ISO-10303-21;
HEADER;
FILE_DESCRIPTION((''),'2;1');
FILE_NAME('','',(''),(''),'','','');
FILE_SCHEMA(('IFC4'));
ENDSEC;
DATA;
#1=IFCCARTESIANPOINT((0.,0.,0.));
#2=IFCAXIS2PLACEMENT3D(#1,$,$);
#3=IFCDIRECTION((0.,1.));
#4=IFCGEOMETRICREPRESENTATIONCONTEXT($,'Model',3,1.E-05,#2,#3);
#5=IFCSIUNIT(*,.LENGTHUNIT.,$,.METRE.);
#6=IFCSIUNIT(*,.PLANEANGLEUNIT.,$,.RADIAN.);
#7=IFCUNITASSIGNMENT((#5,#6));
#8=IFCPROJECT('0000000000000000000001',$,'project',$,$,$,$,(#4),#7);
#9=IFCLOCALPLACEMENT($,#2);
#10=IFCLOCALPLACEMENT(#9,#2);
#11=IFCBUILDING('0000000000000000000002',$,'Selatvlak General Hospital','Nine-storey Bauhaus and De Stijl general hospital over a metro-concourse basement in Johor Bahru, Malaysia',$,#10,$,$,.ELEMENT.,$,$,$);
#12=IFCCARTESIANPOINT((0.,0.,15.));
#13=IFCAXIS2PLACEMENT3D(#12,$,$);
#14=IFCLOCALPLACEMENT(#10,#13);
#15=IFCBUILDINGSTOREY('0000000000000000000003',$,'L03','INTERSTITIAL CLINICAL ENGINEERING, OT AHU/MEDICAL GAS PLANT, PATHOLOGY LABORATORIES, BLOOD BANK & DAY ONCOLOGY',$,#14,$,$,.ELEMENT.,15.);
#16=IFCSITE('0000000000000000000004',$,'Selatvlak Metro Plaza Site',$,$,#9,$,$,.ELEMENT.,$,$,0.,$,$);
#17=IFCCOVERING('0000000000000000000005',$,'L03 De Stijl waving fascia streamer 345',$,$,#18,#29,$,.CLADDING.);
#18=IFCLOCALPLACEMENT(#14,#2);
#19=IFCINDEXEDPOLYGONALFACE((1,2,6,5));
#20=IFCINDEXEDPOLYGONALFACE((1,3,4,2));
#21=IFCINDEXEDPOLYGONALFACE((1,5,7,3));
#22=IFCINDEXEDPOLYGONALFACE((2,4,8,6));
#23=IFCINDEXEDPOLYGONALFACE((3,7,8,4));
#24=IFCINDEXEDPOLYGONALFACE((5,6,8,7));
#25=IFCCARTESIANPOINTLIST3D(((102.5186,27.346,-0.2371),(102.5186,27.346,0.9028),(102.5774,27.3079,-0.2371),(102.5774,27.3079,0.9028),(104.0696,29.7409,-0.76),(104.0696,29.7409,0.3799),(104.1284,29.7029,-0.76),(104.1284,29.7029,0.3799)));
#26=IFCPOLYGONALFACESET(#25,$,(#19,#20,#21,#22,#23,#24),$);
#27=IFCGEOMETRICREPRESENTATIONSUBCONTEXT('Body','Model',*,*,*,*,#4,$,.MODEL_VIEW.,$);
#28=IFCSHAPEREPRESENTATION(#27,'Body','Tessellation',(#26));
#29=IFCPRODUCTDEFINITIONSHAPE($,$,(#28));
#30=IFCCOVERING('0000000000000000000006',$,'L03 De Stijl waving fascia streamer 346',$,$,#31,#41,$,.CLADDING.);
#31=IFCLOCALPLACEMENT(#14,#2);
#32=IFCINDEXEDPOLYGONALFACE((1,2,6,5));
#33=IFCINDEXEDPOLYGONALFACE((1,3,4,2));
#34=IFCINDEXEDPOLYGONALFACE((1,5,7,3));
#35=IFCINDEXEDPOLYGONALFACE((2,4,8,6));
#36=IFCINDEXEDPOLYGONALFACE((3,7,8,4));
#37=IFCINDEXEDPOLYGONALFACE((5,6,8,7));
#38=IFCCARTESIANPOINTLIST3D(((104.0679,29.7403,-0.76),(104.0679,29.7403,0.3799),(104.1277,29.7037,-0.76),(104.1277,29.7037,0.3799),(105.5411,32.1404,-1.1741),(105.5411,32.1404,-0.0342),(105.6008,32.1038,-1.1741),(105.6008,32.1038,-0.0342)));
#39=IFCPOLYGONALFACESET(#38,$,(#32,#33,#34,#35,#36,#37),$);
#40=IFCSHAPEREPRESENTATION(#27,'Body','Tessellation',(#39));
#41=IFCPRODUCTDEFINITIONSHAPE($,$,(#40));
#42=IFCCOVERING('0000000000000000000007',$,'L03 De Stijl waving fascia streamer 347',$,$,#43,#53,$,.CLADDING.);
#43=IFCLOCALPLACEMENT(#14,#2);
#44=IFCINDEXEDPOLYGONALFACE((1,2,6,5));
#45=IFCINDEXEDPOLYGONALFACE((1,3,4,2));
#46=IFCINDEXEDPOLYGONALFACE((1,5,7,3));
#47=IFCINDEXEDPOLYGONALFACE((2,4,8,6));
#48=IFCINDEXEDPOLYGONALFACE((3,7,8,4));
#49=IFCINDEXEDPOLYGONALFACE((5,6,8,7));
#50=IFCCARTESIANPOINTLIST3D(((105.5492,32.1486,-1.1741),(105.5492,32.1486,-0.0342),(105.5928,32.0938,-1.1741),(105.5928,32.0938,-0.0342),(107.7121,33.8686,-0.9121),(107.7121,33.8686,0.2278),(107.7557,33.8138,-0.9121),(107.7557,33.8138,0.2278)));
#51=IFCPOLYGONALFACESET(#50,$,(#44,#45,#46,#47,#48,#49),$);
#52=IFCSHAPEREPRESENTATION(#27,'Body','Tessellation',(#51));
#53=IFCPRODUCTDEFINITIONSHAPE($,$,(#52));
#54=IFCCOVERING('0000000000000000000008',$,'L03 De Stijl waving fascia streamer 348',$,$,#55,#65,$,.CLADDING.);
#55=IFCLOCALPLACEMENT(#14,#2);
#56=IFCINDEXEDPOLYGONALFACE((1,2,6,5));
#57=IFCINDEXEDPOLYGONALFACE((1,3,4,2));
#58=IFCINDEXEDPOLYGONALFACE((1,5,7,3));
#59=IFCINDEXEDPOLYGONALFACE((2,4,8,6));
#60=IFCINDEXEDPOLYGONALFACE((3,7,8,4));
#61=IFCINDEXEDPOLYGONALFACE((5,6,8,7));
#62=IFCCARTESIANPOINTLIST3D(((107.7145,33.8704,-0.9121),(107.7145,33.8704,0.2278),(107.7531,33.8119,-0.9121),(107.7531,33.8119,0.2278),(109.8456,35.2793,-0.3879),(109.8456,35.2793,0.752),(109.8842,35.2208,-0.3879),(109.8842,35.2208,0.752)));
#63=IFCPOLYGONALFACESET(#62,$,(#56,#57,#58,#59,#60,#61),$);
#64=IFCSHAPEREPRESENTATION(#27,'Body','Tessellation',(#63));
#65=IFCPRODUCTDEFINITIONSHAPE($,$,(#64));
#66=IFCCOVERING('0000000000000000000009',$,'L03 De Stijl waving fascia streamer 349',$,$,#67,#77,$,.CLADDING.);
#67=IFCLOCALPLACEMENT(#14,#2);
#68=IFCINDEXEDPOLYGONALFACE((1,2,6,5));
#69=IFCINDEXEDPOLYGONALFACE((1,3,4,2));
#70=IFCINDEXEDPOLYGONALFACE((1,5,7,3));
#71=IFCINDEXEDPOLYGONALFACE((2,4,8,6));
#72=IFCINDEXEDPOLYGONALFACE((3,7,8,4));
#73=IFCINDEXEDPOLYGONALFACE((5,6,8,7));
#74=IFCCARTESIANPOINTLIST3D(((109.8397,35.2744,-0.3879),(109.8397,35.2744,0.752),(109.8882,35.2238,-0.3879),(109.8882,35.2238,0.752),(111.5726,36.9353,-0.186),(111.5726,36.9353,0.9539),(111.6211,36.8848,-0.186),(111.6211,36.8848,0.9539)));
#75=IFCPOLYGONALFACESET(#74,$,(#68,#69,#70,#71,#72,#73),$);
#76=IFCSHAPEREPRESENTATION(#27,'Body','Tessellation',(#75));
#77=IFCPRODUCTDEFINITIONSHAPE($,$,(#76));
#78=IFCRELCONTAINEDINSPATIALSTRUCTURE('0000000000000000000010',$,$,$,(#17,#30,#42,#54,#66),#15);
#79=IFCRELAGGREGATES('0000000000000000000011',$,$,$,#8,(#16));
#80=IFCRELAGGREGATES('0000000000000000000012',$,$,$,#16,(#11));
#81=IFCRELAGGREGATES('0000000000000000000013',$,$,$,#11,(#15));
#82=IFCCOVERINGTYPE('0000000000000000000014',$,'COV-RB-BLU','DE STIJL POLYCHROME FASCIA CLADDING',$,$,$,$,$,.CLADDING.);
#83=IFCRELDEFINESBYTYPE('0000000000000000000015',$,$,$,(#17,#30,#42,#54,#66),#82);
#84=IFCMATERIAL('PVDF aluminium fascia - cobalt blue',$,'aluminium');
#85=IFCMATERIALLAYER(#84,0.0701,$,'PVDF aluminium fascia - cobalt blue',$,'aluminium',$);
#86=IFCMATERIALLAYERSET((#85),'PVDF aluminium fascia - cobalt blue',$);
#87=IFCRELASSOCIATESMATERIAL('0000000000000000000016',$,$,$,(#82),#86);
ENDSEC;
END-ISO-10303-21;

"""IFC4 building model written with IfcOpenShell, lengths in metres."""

from ifc_helpers import new_model, si_unit, direction, frame, origin, place, context, subcontext, project, spatial, polyline, outline, extrude, material, layer, layer_set, type_object, element, save


model = new_model("IFC4")

# Units and contexts
model_context = context("Model", 3, precision=1e-05, world=origin(), true_north=direction((0.0, 1.0)))
body_context = subcontext(model_context, "Body", "Model", "MODEL_VIEW")
ifc_project = project(units=[si_unit("LENGTHUNIT", "METRE"), si_unit("PLANEANGLEUNIT", "RADIAN")], contexts=[model_context])

# Site, building, storey
site_placement = place(None, origin())
site = spatial("IfcSite", under=ifc_project, at=site_placement, Name="Selatvlak Metro Plaza Site", CompositionType="ELEMENT", RefElevation=0.0)
building_placement = place(site_placement, origin())
building = spatial("IfcBuilding", under=site, at=building_placement, Name="Selatvlak General Hospital", Description="Nine-storey Bauhaus and De Stijl general hospital over a metro-concourse basement in Johor Bahru, Malaysia", CompositionType="ELEMENT")
storey_placement = place(building_placement, frame((0.0, 0.0, 15.0)))
storey = spatial("IfcBuildingStorey", under=building, at=storey_placement, Name="L03", Description="INTERSTITIAL CLINICAL ENGINEERING, OT AHU/MEDICAL GAS PLANT, PATHOLOGY LABORATORIES, BLOOD BANK & DAY ONCOLOGY", CompositionType="ELEMENT", Elevation=15.0)

# Coverings
ifc_material_1 = material(Name="PVDF aluminium fascia - cobalt blue", Category="aluminium")
ifc_layer_1 = layer(ifc_material_1, 0.0701, Name="PVDF aluminium fascia - cobalt blue", Category="aluminium")
ifc_layer_set_1 = layer_set([ifc_layer_1], Name="PVDF aluminium fascia - cobalt blue")
covering_type = type_object("IfcCoveringType", Name="COV-RB-BLU", Description="DE STIJL POLYCHROME FASCIA CLADDING", PredefinedType="CLADDING", material=ifc_layer_set_1)
covering_1_placement = place(storey_placement, frame((102.5481, 27.3269, -0.2371), z_axis=(0.0, 0.0, 1.0), x_axis=(0.543574, 0.839361, 0.0)))
element("IfcCovering", 1, at=covering_1_placement, inside=storey, type_object=covering_type, Name="L03 De Stijl waving fascia streamer 345", PredefinedType="CLADDING", context=body_context, shape_type="SweptSolid", body=[
    extrude(outline(polyline([(0.0, 0.0), (2.8533, -0.5229), (2.8533, 0.6169), (0.0, 1.1399), (0.0, 0.0)])), frame((0.0, 0.0352, 0.0), z_axis=(0.0, -1.0, 0.0), x_axis=(1.0, 0.0, 0.0)), (0.0, 0.0, 1.0), 0.0701),
])
covering_2_placement = place(storey_placement, frame((104.0979, 29.7219, -0.76), z_axis=(0.0, 0.0, 1.0), x_axis=(0.523101, 0.852271, 0.0)))
element("IfcCovering", 2, at=covering_2_placement, inside=storey, type_object=covering_type, Name="L03 De Stijl waving fascia streamer 346", PredefinedType="CLADDING", context=body_context, shape_type="SweptSolid", body=[
    extrude(outline(polyline([(0.0, 0.0), (2.8162, -0.4141), (2.8162, 0.7258), (0.0, 1.1399), (0.0, 0.0)])), frame((0.0, 0.0352, 0.0), z_axis=(0.0, -1.0, 0.0), x_axis=(1.0, 0.0, 0.0)), (0.0, 0.0, 1.0), 0.0701),
])
covering_3_placement = place(storey_placement, frame((105.571, 32.1211, -1.1741), z_axis=(0.0, 0.0, 1.0), x_axis=(0.782684, 0.622419, 0.0)))
element("IfcCovering", 3, at=covering_3_placement, inside=storey, type_object=covering_type, Name="L03 De Stijl waving fascia streamer 347", PredefinedType="CLADDING", context=body_context, shape_type="SweptSolid", body=[
    extrude(outline(polyline([(0.0, 0.0), (2.7634, 0.262), (2.7634, 1.4019), (0.0, 1.1399), (0.0, 0.0)])), frame((0.0, 0.0352, 0.0), z_axis=(0.0, -1.0, 0.0), x_axis=(1.0, 0.0, 0.0)), (0.0, 0.0, 1.0), 0.0701),
])
covering_4_placement = place(storey_placement, frame((107.7339, 33.8411, -0.9121), z_axis=(0.0, 0.0, 1.0), x_axis=(0.834176, 0.551498, 0.0)))
element("IfcCovering", 4, at=covering_4_placement, inside=storey, type_object=covering_type, Name="L03 De Stijl waving fascia streamer 348", PredefinedType="CLADDING", context=body_context, shape_type="SweptSolid", body=[
    extrude(outline(polyline([(0.0, 0.0), (2.5547, 0.5242), (2.5547, 1.6641), (0.0, 1.1399), (0.0, 0.0)])), frame((0.0, 0.0352, 0.0), z_axis=(0.0, -1.0, 0.0), x_axis=(1.0, 0.0, 0.0)), (0.0, 0.0, 1.0), 0.0701),
])
covering_5_placement = place(storey_placement, frame((109.864, 35.249, -0.3879), z_axis=(0.0, 0.0, 1.0), x_axis=(0.72195, 0.691945, 0.0)))
element("IfcCovering", 5, at=covering_5_placement, inside=storey, type_object=covering_type, Name="L03 De Stijl waving fascia streamer 349", PredefinedType="CLADDING", context=body_context, shape_type="SweptSolid", body=[
    extrude(outline(polyline([(0.0, 0.0), (2.4004, 0.2019), (2.4004, 1.3418), (0.0, 1.1399), (0.0, 0.0)])), frame((0.0, 0.0352, 0.0), z_axis=(0.0, -1.0, 0.0), x_axis=(1.0, 0.0, 0.0)), (0.0, 0.0, 1.0), 0.0701),
])

save(model, "model.ifc")
